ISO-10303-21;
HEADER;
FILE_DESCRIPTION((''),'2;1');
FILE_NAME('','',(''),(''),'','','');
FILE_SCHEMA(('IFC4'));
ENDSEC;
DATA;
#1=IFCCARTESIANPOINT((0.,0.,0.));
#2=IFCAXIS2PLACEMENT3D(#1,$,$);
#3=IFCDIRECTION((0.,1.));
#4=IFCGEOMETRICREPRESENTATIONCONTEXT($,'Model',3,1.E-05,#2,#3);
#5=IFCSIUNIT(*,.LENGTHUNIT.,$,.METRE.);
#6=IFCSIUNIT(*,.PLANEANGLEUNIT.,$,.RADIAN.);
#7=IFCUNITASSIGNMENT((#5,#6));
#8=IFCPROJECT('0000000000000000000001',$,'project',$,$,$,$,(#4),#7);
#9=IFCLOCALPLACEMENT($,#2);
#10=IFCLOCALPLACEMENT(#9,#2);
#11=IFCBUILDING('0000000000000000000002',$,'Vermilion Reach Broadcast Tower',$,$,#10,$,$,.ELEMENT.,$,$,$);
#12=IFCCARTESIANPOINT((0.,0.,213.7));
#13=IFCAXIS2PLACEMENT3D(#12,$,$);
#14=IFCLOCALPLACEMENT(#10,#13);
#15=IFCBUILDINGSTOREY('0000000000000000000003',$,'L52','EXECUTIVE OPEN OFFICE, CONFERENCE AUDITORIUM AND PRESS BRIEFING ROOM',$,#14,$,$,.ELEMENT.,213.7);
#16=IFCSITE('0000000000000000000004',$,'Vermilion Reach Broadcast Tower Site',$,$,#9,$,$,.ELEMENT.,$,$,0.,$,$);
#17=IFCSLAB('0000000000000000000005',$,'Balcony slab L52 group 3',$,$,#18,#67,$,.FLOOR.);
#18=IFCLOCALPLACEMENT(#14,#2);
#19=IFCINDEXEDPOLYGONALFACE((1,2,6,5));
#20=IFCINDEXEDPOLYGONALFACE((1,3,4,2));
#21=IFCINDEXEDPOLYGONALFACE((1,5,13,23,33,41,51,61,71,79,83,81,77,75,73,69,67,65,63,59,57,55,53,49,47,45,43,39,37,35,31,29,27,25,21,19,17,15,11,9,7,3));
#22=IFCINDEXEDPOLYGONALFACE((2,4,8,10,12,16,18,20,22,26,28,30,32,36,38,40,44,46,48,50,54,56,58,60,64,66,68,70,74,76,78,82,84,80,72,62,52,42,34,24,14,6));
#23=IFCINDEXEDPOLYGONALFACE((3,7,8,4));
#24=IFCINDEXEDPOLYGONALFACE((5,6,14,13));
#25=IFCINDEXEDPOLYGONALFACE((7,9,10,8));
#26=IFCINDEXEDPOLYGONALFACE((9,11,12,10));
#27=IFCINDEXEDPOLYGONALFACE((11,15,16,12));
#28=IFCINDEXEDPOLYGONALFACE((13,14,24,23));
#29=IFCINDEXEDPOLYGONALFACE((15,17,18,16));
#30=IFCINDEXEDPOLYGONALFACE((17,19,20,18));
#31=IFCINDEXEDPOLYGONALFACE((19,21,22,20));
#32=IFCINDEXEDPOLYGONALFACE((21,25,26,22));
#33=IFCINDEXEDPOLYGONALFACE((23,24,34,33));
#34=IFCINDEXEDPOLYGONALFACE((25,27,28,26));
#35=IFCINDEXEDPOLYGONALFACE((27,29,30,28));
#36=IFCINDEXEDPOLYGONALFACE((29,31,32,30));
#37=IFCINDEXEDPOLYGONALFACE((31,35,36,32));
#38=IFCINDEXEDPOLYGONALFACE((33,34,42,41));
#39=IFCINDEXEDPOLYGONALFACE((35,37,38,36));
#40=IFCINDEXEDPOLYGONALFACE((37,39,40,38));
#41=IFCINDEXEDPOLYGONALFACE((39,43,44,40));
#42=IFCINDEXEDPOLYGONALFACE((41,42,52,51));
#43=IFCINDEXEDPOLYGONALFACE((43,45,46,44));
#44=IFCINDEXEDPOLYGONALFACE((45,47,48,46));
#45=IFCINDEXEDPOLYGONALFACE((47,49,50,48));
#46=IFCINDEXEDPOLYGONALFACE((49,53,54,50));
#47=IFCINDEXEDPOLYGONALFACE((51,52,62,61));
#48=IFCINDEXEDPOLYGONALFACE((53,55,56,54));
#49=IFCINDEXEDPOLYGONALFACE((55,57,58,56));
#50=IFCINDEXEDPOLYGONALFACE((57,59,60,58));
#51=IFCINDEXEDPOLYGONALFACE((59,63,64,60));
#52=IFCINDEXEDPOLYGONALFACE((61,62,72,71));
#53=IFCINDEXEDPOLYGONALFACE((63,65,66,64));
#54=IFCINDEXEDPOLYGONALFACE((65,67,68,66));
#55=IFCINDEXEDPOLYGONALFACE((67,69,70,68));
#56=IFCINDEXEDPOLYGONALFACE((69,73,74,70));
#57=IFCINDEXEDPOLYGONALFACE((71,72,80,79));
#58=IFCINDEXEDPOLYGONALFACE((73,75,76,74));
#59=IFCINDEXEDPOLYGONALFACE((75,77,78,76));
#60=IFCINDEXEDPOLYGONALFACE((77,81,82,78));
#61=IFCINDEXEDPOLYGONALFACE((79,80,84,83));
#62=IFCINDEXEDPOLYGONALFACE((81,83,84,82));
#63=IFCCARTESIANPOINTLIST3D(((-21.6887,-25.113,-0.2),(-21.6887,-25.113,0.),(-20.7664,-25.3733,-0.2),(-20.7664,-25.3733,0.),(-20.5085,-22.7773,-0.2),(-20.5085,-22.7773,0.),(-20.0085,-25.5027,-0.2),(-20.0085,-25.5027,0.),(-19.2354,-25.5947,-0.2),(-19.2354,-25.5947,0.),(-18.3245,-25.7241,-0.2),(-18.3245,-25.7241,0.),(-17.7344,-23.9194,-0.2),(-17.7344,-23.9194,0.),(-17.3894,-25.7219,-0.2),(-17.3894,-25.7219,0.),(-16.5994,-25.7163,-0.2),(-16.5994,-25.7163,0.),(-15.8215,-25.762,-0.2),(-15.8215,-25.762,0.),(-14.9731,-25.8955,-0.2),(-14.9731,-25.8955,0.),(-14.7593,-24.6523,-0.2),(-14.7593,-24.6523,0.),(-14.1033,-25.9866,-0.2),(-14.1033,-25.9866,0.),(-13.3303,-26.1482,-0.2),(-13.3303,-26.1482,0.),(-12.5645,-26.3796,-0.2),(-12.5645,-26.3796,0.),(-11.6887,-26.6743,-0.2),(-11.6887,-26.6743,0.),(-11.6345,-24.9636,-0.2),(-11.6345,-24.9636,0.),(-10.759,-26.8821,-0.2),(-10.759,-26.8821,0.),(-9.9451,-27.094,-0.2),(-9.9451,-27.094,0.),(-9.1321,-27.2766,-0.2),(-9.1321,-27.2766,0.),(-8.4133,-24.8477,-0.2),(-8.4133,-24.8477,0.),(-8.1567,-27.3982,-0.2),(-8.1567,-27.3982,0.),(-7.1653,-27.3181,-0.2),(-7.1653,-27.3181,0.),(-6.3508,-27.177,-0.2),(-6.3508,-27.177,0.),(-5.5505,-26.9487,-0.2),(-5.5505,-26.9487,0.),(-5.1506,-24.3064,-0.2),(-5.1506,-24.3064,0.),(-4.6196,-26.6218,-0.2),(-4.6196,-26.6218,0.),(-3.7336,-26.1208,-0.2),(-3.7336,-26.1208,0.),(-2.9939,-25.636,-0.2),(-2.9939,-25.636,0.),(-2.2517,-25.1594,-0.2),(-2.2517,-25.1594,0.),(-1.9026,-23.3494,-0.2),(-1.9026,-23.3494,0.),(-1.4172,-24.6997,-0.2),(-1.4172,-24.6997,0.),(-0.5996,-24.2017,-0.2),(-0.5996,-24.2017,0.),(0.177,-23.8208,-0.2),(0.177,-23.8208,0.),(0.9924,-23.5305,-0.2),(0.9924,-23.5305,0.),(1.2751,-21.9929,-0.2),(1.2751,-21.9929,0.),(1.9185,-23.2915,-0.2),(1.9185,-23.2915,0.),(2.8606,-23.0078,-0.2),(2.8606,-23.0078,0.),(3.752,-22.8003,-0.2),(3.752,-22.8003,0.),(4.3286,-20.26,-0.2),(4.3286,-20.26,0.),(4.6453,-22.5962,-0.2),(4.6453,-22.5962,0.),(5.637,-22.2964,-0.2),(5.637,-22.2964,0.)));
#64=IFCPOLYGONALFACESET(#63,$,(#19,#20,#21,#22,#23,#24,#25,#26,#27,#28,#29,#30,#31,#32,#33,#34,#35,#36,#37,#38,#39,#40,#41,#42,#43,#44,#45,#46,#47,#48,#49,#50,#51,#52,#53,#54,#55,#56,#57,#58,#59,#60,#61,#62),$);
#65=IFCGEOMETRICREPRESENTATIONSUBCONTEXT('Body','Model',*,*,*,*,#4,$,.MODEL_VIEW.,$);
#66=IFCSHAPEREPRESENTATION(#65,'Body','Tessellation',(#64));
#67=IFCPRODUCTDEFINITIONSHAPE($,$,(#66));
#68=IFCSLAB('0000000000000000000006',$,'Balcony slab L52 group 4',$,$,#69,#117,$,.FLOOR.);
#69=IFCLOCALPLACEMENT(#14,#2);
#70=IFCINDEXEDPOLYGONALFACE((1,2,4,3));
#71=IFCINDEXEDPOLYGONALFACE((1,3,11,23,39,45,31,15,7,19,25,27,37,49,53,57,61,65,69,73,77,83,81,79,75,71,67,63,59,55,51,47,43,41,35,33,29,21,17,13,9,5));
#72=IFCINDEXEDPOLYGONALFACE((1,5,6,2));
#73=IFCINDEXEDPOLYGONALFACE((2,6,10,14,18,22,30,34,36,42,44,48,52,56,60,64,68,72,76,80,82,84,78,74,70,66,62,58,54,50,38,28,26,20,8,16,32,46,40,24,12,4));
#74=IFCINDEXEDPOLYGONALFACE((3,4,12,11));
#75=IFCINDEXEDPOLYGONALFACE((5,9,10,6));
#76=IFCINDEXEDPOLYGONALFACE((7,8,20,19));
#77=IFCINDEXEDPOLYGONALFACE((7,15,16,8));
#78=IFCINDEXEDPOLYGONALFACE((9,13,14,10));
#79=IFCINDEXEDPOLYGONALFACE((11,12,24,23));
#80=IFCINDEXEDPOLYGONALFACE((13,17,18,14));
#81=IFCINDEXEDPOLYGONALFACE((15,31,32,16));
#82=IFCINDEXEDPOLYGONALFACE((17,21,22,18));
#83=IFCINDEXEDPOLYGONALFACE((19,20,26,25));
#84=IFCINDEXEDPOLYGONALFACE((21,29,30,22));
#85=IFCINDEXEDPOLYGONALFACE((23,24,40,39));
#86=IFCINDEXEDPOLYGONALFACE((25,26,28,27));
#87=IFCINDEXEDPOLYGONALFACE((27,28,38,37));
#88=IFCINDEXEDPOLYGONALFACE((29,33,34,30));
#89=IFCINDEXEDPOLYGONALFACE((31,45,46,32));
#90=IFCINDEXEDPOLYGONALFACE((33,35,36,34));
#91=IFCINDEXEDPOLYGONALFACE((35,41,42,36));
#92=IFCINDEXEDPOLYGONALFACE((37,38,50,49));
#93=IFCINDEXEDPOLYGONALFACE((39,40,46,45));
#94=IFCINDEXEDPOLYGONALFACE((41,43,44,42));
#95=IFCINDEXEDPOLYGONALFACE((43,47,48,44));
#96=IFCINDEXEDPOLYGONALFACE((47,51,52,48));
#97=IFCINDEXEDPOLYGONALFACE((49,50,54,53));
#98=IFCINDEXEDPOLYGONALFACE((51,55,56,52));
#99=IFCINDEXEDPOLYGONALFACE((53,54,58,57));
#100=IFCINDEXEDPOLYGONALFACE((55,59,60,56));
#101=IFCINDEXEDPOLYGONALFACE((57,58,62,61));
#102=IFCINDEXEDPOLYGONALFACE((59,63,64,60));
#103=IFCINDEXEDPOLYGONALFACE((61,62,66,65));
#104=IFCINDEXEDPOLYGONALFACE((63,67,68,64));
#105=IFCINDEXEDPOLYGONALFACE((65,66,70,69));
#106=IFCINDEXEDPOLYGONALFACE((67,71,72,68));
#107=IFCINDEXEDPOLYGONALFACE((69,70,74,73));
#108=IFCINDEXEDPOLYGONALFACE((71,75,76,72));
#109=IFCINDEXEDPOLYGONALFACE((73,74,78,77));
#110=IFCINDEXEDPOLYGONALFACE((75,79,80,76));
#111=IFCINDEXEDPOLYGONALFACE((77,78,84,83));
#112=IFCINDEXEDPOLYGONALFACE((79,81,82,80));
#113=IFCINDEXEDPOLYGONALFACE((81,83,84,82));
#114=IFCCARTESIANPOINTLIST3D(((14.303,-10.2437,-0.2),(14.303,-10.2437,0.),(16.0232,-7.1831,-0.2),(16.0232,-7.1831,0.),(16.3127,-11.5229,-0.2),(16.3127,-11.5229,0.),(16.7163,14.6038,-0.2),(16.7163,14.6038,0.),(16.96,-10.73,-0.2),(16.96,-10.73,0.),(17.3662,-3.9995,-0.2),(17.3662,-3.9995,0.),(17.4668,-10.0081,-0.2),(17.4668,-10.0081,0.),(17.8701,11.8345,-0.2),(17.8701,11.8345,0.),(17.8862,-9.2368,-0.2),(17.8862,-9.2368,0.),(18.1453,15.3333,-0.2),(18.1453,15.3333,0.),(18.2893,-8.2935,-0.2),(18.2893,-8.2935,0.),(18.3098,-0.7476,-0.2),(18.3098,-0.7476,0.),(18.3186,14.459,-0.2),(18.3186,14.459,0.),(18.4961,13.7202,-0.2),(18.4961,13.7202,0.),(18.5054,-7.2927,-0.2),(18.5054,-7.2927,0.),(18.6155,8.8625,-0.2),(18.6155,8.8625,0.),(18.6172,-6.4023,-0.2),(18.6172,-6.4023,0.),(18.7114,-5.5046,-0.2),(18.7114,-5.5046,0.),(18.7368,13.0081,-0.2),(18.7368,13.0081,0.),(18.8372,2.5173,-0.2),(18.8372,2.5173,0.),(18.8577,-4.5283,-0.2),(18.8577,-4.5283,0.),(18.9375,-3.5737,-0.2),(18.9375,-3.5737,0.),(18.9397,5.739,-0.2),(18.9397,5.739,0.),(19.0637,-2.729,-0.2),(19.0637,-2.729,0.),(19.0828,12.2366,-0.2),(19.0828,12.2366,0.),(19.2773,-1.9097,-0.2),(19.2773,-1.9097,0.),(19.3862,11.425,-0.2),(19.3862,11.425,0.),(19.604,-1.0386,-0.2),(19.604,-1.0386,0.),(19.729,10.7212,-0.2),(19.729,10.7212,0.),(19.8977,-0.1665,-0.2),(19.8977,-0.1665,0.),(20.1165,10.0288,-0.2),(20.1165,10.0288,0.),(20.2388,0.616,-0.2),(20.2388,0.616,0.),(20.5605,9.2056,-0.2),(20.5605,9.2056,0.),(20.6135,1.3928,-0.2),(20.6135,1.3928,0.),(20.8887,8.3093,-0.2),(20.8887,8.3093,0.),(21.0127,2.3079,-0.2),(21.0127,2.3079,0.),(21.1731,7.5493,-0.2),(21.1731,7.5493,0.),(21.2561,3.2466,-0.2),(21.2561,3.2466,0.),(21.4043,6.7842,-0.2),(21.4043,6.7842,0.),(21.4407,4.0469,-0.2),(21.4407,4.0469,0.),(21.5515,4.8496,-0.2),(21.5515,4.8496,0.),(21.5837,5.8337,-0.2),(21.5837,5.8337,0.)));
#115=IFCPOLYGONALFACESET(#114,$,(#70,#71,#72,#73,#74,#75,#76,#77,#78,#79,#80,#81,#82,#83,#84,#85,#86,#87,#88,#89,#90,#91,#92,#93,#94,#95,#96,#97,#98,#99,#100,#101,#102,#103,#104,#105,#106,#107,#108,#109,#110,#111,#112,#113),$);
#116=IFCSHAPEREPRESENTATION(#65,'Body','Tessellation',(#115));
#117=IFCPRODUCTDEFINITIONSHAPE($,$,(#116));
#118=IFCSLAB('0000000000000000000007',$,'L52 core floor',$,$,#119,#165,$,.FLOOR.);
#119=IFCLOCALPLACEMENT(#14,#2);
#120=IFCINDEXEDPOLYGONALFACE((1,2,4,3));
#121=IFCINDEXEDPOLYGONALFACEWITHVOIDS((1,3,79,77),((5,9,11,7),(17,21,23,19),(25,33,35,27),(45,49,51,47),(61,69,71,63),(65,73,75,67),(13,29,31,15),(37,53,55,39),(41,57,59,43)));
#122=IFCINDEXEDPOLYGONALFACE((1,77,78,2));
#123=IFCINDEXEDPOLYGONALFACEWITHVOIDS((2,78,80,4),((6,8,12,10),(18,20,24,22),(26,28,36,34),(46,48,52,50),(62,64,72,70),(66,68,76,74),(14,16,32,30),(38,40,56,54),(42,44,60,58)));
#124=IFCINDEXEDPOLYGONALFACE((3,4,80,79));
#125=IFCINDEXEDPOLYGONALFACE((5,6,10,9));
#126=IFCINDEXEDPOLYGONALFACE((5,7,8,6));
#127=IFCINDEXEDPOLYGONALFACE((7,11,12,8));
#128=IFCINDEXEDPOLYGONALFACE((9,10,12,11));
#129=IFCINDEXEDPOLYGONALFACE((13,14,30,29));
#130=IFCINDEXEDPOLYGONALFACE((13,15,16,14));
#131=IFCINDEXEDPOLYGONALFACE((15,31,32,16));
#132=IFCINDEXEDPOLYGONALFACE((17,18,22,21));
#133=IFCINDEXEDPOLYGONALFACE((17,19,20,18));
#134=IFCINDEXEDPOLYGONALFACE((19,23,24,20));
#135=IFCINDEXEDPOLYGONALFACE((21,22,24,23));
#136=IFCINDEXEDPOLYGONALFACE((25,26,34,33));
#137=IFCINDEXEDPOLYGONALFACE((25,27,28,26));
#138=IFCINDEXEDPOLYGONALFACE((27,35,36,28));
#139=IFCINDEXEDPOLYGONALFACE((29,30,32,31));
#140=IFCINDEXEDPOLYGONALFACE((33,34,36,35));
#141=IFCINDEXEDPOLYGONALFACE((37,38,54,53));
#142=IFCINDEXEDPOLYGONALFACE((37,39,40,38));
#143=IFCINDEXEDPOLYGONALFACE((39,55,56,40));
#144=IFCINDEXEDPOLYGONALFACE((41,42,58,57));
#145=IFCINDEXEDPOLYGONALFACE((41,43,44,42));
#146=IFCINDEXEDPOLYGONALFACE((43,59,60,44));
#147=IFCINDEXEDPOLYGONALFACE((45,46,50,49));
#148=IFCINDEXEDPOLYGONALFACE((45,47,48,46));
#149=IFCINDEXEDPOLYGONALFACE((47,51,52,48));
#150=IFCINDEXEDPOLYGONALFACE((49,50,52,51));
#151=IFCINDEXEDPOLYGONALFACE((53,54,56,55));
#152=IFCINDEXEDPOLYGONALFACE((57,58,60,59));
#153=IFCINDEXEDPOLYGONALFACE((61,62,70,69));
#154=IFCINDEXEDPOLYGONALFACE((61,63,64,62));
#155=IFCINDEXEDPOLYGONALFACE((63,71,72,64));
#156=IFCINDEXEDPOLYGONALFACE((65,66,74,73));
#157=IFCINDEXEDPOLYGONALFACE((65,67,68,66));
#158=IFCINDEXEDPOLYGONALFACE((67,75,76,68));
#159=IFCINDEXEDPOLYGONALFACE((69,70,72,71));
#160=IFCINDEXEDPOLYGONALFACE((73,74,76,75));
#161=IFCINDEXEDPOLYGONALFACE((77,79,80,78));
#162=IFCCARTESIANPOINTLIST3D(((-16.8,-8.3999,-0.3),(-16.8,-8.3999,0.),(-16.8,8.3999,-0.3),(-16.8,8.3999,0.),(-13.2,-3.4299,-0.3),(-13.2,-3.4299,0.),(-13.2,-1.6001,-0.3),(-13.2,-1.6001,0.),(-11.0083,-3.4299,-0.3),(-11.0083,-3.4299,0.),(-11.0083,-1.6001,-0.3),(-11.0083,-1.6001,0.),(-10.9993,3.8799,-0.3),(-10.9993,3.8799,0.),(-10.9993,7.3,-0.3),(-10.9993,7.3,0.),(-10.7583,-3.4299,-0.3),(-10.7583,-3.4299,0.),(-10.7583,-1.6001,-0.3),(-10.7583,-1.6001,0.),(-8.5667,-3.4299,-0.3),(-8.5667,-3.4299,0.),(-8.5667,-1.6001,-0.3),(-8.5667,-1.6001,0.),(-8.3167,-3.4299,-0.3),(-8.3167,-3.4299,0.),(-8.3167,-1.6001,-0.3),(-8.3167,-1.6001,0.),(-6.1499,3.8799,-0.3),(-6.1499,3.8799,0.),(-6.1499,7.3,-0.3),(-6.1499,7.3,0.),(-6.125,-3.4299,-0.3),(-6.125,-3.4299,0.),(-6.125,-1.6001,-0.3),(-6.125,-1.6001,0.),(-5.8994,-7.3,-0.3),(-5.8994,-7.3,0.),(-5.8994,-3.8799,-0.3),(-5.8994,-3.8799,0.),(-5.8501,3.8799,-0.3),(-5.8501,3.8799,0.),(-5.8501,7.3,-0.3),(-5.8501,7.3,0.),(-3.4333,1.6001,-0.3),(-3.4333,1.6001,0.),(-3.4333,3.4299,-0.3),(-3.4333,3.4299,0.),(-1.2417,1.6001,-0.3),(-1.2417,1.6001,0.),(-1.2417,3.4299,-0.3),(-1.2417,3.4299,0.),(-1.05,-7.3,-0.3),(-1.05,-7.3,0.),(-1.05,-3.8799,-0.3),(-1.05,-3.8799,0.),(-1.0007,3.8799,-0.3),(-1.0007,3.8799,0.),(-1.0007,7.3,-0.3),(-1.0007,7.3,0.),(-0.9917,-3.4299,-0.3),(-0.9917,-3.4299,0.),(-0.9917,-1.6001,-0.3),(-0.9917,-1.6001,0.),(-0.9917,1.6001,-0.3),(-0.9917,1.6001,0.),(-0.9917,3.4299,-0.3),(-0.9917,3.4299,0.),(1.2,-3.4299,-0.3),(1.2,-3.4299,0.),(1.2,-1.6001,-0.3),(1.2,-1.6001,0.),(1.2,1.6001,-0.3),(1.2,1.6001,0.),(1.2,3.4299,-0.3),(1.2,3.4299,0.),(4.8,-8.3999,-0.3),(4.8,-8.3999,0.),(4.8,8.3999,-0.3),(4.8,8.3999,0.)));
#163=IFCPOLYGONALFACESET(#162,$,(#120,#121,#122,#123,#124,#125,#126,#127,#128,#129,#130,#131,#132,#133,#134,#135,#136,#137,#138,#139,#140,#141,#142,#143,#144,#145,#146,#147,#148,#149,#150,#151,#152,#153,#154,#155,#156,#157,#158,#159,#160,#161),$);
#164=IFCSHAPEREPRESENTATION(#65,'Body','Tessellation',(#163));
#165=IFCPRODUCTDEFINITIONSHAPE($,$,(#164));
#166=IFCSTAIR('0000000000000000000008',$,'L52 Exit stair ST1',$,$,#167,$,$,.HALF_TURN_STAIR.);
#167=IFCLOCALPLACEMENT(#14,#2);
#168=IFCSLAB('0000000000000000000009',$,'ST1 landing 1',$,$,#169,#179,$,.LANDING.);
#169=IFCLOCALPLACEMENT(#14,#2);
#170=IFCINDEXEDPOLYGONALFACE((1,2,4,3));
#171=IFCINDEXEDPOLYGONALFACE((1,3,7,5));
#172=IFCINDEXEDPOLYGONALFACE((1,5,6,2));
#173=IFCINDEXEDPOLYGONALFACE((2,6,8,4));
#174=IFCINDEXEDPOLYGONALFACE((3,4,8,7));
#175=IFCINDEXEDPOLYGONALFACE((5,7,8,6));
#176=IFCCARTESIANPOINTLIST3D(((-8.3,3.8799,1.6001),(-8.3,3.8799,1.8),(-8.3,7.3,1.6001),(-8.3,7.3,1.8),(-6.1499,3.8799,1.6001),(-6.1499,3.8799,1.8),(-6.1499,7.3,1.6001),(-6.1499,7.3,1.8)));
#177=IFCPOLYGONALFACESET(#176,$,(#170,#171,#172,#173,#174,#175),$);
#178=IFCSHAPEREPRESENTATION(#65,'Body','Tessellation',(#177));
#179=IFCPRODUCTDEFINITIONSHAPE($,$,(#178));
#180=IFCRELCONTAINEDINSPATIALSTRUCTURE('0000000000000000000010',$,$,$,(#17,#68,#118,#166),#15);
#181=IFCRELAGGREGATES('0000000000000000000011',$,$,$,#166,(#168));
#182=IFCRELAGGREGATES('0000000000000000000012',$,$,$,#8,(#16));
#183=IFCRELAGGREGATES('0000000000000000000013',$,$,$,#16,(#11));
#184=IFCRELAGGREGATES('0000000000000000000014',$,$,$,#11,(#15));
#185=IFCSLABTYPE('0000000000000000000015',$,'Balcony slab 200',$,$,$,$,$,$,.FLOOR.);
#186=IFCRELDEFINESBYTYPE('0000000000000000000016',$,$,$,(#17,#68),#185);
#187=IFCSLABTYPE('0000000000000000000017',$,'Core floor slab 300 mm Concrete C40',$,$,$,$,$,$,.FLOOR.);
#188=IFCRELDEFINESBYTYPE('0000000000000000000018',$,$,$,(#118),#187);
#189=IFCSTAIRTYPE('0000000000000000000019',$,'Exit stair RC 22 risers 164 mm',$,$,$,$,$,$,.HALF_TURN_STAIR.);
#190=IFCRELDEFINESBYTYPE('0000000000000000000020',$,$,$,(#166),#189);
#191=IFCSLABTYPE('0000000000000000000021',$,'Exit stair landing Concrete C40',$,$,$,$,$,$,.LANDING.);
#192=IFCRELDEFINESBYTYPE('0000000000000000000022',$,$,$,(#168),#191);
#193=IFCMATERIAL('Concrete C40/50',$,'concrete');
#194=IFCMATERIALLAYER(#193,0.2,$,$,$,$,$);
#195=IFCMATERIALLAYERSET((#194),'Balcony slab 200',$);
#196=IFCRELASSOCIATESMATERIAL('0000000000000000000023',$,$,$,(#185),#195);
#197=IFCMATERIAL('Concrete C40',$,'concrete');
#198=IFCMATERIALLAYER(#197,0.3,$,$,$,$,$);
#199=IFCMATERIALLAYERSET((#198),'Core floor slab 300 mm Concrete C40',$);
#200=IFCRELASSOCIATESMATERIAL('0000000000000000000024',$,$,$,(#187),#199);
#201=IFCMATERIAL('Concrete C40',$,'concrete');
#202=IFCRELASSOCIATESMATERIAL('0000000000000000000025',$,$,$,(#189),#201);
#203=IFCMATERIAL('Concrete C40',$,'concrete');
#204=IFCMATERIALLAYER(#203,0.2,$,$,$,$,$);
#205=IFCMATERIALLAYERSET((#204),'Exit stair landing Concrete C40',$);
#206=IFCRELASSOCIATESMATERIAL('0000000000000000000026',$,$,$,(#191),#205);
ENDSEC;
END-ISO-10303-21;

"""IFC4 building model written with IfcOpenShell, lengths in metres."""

from ifc_helpers import new_model, si_unit, direction, frame, origin, place, context, subcontext, project, spatial, polyline, outline, extrude, material, layer, layer_set, type_object, element, aggregate, save


model = new_model("IFC4")

# Units and contexts
model_context = context("Model", 3, precision=1e-05, world=origin(), true_north=direction((0.0, 1.0)))
body_context = subcontext(model_context, "Body", "Model", "MODEL_VIEW")
ifc_project = project(units=[si_unit("LENGTHUNIT", "METRE"), si_unit("PLANEANGLEUNIT", "RADIAN")], contexts=[model_context])

# Site, building, storey
site_placement = place(None, origin())
site = spatial("IfcSite", under=ifc_project, at=site_placement, Name="Vermilion Reach Broadcast Tower Site", CompositionType="ELEMENT", RefElevation=0.0)
building_placement = place(site_placement, origin())
building = spatial("IfcBuilding", under=site, at=building_placement, Name="Vermilion Reach Broadcast Tower", CompositionType="ELEMENT")
storey_placement = place(building_placement, frame((0.0, 0.0, 213.7)))
storey = spatial("IfcBuildingStorey", under=building, at=storey_placement, Name="L52", Description="EXECUTIVE OPEN OFFICE, CONFERENCE AUDITORIUM AND PRESS BRIEFING ROOM", CompositionType="ELEMENT", Elevation=213.7)

# Slabs
ifc_material_1 = material(Name="Concrete C40/50", Category="concrete")
ifc_layer_1 = layer(ifc_material_1, 0.2)
ifc_layer_set_1 = layer_set([ifc_layer_1], Name="Balcony slab 200")
slab_type_1 = type_object("IfcSlabType", Name="Balcony slab 200", PredefinedType="FLOOR", material=ifc_layer_set_1)
placement_1 = place(storey_placement, frame((0.0, 0.0, -0.2)))
element("IfcSlab", 1, at=placement_1, inside=storey, type_object=slab_type_1, Name="Balcony slab L52 group 3", PredefinedType="FLOOR", context=body_context, shape_type="SweptSolid", body=[
    extrude(outline(polyline([(-20.5085, -22.7773), (-17.7344, -23.9194), (-14.7593, -24.6523), (-11.6345, -24.9636), (-8.4133, -24.8477), (-5.1506, -24.3064), (-1.9026, -23.3494), (1.2751, -21.9929), (4.3286, -20.26), (5.637, -22.2964), (4.6453, -22.5962), (3.752, -22.8003), (2.8606, -23.0078), (1.9185, -23.2915), (0.9924, -23.5305), (0.177, -23.8208), (-0.5996, -24.2017), (-1.4172, -24.6997), (-2.2517, -25.1594), (-2.9939, -25.636), (-3.7336, -26.1208), (-4.6196, -26.6218), (-5.5505, -26.9487), (-6.3508, -27.177), (-7.1653, -27.3181), (-8.1567, -27.3982), (-9.1321, -27.2766), (-9.9451, -27.094), (-10.759, -26.8821), (-11.6887, -26.6743), (-12.5645, -26.3796), (-13.3303, -26.1482), (-14.1033, -25.9866), (-14.9731, -25.8955), (-15.8215, -25.762), (-16.5994, -25.7163), (-17.3894, -25.7219), (-18.3245, -25.7241), (-19.2354, -25.5947), (-20.0085, -25.5027), (-20.7664, -25.3733), (-21.6887, -25.113), (-20.5085, -22.7773)])), origin(), (0.0, 0.0, 1.0), 0.2),
])
element("IfcSlab", 2, at=placement_1, inside=storey, type_object=slab_type_1, Name="Balcony slab L52 group 4", PredefinedType="FLOOR", context=body_context, shape_type="SweptSolid", body=[
    extrude(outline(polyline([(14.303, -10.2437), (16.0232, -7.1831), (17.3662, -3.9995), (18.3098, -0.7476), (18.8372, 2.5173), (18.9397, 5.739), (18.6155, 8.8625), (17.8701, 11.8345), (16.7163, 14.6038), (18.1453, 15.3333), (18.3186, 14.459), (18.4961, 13.7202), (18.7368, 13.0081), (19.0828, 12.2366), (19.3862, 11.425), (19.729, 10.7212), (20.1165, 10.0288), (20.5605, 9.2056), (20.8887, 8.3093), (21.1731, 7.5493), (21.4043, 6.7842), (21.5837, 5.8337), (21.5515, 4.8496), (21.4407, 4.0469), (21.2561, 3.2466), (21.0127, 2.3079), (20.6135, 1.3928), (20.2388, 0.616), (19.8977, -0.1665), (19.604, -1.0386), (19.2773, -1.9097), (19.0637, -2.729), (18.9375, -3.5737), (18.8577, -4.5283), (18.7114, -5.5046), (18.6172, -6.4023), (18.5054, -7.2927), (18.2893, -8.2935), (17.8862, -9.2368), (17.4668, -10.0081), (16.96, -10.73), (16.3127, -11.5229), (14.303, -10.2437)])), origin(), (0.0, 0.0, 1.0), 0.2),
])
ifc_material_2 = material(Name="Concrete C40", Category="concrete")
ifc_layer_2 = layer(ifc_material_2, 0.3)
ifc_layer_set_2 = layer_set([ifc_layer_2], Name="Core floor slab 300 mm Concrete C40")
slab_type_2 = type_object("IfcSlabType", Name="Core floor slab 300 mm Concrete C40", PredefinedType="FLOOR", material=ifc_layer_set_2)
slab_1_placement = place(storey_placement, frame((0.0, 0.0, -0.3)))
element("IfcSlab", 3, at=slab_1_placement, inside=storey, type_object=slab_type_2, Name="L52 core floor", PredefinedType="FLOOR", context=body_context, shape_type="SweptSolid", body=[
    extrude(outline(polyline([(-16.8, -8.3999), (4.8, -8.3999), (4.8, 8.3999), (-16.8, 8.3999), (-16.8, -8.3999)]), holes=[polyline([(-3.4333, 1.6001), (-1.2417, 1.6001), (-1.2417, 3.4299), (-3.4333, 3.4299), (-3.4333, 1.6001)]), polyline([(-0.9917, 1.6001), (1.2, 1.6001), (1.2, 3.4299), (-0.9917, 3.4299), (-0.9917, 1.6001)]), polyline([(-13.2, -3.4299), (-11.0083, -3.4299), (-11.0083, -1.6001), (-13.2, -1.6001), (-13.2, -3.4299)]), polyline([(-10.7583, -3.4299), (-8.5667, -3.4299), (-8.5667, -1.6001), (-10.7583, -1.6001), (-10.7583, -3.4299)]), polyline([(-8.3167, -3.4299), (-6.125, -3.4299), (-6.125, -1.6001), (-8.3167, -1.6001), (-8.3167, -3.4299)]), polyline([(-0.9917, -3.4299), (1.2, -3.4299), (1.2, -1.6001), (-0.9917, -1.6001), (-0.9917, -3.4299)]), polyline([(-10.9993, 3.8799), (-6.1499, 3.8799), (-6.1499, 7.3), (-10.9993, 7.3), (-10.9993, 3.8799)]), polyline([(-1.0007, 7.3), (-5.8501, 7.3), (-5.8501, 3.8799), (-1.0007, 3.8799), (-1.0007, 7.3)]), polyline([(-5.8994, -7.3), (-1.05, -7.3), (-1.05, -3.8799), (-5.8994, -3.8799), (-5.8994, -7.3)])]), origin(), (0.0, 0.0, 1.0), 0.3),
])

# Stair, slab
ifc_material_3 = material(Name="Concrete C40", Category="concrete")
stair_type = type_object("IfcStairType", Name="Exit stair RC 22 risers 164 mm", PredefinedType="HALF_TURN_STAIR", material=ifc_material_3)
placement_2 = place(storey_placement, origin())
stair_1 = element("IfcStair", 4, at=placement_2, inside=storey, type_object=stair_type, Name="L52 Exit stair ST1", PredefinedType="HALF_TURN_STAIR")
ifc_material_4 = material(Name="Concrete C40", Category="concrete")
ifc_layer_3 = layer(ifc_material_4, 0.2)
ifc_layer_set_3 = layer_set([ifc_layer_3], Name="Exit stair landing Concrete C40")
slab_type_3 = type_object("IfcSlabType", Name="Exit stair landing Concrete C40", PredefinedType="LANDING", material=ifc_layer_set_3)
placement_3 = place(storey_placement, frame((0.0, 0.0, 1.6001)))
slab_2 = element("IfcSlab", 5, at=placement_3, type_object=slab_type_3, Name="ST1 landing 1", PredefinedType="LANDING", context=body_context, shape_type="SweptSolid", body=[
    extrude(outline(polyline([(-8.3, 3.8799), (-6.1499, 3.8799), (-6.1499, 7.3), (-8.3, 7.3), (-8.3, 3.8799)])), origin(), (0.0, 0.0, 1.0), 0.2),
])
aggregate(stair_1, [slab_2])

save(model, "model.ifc")
